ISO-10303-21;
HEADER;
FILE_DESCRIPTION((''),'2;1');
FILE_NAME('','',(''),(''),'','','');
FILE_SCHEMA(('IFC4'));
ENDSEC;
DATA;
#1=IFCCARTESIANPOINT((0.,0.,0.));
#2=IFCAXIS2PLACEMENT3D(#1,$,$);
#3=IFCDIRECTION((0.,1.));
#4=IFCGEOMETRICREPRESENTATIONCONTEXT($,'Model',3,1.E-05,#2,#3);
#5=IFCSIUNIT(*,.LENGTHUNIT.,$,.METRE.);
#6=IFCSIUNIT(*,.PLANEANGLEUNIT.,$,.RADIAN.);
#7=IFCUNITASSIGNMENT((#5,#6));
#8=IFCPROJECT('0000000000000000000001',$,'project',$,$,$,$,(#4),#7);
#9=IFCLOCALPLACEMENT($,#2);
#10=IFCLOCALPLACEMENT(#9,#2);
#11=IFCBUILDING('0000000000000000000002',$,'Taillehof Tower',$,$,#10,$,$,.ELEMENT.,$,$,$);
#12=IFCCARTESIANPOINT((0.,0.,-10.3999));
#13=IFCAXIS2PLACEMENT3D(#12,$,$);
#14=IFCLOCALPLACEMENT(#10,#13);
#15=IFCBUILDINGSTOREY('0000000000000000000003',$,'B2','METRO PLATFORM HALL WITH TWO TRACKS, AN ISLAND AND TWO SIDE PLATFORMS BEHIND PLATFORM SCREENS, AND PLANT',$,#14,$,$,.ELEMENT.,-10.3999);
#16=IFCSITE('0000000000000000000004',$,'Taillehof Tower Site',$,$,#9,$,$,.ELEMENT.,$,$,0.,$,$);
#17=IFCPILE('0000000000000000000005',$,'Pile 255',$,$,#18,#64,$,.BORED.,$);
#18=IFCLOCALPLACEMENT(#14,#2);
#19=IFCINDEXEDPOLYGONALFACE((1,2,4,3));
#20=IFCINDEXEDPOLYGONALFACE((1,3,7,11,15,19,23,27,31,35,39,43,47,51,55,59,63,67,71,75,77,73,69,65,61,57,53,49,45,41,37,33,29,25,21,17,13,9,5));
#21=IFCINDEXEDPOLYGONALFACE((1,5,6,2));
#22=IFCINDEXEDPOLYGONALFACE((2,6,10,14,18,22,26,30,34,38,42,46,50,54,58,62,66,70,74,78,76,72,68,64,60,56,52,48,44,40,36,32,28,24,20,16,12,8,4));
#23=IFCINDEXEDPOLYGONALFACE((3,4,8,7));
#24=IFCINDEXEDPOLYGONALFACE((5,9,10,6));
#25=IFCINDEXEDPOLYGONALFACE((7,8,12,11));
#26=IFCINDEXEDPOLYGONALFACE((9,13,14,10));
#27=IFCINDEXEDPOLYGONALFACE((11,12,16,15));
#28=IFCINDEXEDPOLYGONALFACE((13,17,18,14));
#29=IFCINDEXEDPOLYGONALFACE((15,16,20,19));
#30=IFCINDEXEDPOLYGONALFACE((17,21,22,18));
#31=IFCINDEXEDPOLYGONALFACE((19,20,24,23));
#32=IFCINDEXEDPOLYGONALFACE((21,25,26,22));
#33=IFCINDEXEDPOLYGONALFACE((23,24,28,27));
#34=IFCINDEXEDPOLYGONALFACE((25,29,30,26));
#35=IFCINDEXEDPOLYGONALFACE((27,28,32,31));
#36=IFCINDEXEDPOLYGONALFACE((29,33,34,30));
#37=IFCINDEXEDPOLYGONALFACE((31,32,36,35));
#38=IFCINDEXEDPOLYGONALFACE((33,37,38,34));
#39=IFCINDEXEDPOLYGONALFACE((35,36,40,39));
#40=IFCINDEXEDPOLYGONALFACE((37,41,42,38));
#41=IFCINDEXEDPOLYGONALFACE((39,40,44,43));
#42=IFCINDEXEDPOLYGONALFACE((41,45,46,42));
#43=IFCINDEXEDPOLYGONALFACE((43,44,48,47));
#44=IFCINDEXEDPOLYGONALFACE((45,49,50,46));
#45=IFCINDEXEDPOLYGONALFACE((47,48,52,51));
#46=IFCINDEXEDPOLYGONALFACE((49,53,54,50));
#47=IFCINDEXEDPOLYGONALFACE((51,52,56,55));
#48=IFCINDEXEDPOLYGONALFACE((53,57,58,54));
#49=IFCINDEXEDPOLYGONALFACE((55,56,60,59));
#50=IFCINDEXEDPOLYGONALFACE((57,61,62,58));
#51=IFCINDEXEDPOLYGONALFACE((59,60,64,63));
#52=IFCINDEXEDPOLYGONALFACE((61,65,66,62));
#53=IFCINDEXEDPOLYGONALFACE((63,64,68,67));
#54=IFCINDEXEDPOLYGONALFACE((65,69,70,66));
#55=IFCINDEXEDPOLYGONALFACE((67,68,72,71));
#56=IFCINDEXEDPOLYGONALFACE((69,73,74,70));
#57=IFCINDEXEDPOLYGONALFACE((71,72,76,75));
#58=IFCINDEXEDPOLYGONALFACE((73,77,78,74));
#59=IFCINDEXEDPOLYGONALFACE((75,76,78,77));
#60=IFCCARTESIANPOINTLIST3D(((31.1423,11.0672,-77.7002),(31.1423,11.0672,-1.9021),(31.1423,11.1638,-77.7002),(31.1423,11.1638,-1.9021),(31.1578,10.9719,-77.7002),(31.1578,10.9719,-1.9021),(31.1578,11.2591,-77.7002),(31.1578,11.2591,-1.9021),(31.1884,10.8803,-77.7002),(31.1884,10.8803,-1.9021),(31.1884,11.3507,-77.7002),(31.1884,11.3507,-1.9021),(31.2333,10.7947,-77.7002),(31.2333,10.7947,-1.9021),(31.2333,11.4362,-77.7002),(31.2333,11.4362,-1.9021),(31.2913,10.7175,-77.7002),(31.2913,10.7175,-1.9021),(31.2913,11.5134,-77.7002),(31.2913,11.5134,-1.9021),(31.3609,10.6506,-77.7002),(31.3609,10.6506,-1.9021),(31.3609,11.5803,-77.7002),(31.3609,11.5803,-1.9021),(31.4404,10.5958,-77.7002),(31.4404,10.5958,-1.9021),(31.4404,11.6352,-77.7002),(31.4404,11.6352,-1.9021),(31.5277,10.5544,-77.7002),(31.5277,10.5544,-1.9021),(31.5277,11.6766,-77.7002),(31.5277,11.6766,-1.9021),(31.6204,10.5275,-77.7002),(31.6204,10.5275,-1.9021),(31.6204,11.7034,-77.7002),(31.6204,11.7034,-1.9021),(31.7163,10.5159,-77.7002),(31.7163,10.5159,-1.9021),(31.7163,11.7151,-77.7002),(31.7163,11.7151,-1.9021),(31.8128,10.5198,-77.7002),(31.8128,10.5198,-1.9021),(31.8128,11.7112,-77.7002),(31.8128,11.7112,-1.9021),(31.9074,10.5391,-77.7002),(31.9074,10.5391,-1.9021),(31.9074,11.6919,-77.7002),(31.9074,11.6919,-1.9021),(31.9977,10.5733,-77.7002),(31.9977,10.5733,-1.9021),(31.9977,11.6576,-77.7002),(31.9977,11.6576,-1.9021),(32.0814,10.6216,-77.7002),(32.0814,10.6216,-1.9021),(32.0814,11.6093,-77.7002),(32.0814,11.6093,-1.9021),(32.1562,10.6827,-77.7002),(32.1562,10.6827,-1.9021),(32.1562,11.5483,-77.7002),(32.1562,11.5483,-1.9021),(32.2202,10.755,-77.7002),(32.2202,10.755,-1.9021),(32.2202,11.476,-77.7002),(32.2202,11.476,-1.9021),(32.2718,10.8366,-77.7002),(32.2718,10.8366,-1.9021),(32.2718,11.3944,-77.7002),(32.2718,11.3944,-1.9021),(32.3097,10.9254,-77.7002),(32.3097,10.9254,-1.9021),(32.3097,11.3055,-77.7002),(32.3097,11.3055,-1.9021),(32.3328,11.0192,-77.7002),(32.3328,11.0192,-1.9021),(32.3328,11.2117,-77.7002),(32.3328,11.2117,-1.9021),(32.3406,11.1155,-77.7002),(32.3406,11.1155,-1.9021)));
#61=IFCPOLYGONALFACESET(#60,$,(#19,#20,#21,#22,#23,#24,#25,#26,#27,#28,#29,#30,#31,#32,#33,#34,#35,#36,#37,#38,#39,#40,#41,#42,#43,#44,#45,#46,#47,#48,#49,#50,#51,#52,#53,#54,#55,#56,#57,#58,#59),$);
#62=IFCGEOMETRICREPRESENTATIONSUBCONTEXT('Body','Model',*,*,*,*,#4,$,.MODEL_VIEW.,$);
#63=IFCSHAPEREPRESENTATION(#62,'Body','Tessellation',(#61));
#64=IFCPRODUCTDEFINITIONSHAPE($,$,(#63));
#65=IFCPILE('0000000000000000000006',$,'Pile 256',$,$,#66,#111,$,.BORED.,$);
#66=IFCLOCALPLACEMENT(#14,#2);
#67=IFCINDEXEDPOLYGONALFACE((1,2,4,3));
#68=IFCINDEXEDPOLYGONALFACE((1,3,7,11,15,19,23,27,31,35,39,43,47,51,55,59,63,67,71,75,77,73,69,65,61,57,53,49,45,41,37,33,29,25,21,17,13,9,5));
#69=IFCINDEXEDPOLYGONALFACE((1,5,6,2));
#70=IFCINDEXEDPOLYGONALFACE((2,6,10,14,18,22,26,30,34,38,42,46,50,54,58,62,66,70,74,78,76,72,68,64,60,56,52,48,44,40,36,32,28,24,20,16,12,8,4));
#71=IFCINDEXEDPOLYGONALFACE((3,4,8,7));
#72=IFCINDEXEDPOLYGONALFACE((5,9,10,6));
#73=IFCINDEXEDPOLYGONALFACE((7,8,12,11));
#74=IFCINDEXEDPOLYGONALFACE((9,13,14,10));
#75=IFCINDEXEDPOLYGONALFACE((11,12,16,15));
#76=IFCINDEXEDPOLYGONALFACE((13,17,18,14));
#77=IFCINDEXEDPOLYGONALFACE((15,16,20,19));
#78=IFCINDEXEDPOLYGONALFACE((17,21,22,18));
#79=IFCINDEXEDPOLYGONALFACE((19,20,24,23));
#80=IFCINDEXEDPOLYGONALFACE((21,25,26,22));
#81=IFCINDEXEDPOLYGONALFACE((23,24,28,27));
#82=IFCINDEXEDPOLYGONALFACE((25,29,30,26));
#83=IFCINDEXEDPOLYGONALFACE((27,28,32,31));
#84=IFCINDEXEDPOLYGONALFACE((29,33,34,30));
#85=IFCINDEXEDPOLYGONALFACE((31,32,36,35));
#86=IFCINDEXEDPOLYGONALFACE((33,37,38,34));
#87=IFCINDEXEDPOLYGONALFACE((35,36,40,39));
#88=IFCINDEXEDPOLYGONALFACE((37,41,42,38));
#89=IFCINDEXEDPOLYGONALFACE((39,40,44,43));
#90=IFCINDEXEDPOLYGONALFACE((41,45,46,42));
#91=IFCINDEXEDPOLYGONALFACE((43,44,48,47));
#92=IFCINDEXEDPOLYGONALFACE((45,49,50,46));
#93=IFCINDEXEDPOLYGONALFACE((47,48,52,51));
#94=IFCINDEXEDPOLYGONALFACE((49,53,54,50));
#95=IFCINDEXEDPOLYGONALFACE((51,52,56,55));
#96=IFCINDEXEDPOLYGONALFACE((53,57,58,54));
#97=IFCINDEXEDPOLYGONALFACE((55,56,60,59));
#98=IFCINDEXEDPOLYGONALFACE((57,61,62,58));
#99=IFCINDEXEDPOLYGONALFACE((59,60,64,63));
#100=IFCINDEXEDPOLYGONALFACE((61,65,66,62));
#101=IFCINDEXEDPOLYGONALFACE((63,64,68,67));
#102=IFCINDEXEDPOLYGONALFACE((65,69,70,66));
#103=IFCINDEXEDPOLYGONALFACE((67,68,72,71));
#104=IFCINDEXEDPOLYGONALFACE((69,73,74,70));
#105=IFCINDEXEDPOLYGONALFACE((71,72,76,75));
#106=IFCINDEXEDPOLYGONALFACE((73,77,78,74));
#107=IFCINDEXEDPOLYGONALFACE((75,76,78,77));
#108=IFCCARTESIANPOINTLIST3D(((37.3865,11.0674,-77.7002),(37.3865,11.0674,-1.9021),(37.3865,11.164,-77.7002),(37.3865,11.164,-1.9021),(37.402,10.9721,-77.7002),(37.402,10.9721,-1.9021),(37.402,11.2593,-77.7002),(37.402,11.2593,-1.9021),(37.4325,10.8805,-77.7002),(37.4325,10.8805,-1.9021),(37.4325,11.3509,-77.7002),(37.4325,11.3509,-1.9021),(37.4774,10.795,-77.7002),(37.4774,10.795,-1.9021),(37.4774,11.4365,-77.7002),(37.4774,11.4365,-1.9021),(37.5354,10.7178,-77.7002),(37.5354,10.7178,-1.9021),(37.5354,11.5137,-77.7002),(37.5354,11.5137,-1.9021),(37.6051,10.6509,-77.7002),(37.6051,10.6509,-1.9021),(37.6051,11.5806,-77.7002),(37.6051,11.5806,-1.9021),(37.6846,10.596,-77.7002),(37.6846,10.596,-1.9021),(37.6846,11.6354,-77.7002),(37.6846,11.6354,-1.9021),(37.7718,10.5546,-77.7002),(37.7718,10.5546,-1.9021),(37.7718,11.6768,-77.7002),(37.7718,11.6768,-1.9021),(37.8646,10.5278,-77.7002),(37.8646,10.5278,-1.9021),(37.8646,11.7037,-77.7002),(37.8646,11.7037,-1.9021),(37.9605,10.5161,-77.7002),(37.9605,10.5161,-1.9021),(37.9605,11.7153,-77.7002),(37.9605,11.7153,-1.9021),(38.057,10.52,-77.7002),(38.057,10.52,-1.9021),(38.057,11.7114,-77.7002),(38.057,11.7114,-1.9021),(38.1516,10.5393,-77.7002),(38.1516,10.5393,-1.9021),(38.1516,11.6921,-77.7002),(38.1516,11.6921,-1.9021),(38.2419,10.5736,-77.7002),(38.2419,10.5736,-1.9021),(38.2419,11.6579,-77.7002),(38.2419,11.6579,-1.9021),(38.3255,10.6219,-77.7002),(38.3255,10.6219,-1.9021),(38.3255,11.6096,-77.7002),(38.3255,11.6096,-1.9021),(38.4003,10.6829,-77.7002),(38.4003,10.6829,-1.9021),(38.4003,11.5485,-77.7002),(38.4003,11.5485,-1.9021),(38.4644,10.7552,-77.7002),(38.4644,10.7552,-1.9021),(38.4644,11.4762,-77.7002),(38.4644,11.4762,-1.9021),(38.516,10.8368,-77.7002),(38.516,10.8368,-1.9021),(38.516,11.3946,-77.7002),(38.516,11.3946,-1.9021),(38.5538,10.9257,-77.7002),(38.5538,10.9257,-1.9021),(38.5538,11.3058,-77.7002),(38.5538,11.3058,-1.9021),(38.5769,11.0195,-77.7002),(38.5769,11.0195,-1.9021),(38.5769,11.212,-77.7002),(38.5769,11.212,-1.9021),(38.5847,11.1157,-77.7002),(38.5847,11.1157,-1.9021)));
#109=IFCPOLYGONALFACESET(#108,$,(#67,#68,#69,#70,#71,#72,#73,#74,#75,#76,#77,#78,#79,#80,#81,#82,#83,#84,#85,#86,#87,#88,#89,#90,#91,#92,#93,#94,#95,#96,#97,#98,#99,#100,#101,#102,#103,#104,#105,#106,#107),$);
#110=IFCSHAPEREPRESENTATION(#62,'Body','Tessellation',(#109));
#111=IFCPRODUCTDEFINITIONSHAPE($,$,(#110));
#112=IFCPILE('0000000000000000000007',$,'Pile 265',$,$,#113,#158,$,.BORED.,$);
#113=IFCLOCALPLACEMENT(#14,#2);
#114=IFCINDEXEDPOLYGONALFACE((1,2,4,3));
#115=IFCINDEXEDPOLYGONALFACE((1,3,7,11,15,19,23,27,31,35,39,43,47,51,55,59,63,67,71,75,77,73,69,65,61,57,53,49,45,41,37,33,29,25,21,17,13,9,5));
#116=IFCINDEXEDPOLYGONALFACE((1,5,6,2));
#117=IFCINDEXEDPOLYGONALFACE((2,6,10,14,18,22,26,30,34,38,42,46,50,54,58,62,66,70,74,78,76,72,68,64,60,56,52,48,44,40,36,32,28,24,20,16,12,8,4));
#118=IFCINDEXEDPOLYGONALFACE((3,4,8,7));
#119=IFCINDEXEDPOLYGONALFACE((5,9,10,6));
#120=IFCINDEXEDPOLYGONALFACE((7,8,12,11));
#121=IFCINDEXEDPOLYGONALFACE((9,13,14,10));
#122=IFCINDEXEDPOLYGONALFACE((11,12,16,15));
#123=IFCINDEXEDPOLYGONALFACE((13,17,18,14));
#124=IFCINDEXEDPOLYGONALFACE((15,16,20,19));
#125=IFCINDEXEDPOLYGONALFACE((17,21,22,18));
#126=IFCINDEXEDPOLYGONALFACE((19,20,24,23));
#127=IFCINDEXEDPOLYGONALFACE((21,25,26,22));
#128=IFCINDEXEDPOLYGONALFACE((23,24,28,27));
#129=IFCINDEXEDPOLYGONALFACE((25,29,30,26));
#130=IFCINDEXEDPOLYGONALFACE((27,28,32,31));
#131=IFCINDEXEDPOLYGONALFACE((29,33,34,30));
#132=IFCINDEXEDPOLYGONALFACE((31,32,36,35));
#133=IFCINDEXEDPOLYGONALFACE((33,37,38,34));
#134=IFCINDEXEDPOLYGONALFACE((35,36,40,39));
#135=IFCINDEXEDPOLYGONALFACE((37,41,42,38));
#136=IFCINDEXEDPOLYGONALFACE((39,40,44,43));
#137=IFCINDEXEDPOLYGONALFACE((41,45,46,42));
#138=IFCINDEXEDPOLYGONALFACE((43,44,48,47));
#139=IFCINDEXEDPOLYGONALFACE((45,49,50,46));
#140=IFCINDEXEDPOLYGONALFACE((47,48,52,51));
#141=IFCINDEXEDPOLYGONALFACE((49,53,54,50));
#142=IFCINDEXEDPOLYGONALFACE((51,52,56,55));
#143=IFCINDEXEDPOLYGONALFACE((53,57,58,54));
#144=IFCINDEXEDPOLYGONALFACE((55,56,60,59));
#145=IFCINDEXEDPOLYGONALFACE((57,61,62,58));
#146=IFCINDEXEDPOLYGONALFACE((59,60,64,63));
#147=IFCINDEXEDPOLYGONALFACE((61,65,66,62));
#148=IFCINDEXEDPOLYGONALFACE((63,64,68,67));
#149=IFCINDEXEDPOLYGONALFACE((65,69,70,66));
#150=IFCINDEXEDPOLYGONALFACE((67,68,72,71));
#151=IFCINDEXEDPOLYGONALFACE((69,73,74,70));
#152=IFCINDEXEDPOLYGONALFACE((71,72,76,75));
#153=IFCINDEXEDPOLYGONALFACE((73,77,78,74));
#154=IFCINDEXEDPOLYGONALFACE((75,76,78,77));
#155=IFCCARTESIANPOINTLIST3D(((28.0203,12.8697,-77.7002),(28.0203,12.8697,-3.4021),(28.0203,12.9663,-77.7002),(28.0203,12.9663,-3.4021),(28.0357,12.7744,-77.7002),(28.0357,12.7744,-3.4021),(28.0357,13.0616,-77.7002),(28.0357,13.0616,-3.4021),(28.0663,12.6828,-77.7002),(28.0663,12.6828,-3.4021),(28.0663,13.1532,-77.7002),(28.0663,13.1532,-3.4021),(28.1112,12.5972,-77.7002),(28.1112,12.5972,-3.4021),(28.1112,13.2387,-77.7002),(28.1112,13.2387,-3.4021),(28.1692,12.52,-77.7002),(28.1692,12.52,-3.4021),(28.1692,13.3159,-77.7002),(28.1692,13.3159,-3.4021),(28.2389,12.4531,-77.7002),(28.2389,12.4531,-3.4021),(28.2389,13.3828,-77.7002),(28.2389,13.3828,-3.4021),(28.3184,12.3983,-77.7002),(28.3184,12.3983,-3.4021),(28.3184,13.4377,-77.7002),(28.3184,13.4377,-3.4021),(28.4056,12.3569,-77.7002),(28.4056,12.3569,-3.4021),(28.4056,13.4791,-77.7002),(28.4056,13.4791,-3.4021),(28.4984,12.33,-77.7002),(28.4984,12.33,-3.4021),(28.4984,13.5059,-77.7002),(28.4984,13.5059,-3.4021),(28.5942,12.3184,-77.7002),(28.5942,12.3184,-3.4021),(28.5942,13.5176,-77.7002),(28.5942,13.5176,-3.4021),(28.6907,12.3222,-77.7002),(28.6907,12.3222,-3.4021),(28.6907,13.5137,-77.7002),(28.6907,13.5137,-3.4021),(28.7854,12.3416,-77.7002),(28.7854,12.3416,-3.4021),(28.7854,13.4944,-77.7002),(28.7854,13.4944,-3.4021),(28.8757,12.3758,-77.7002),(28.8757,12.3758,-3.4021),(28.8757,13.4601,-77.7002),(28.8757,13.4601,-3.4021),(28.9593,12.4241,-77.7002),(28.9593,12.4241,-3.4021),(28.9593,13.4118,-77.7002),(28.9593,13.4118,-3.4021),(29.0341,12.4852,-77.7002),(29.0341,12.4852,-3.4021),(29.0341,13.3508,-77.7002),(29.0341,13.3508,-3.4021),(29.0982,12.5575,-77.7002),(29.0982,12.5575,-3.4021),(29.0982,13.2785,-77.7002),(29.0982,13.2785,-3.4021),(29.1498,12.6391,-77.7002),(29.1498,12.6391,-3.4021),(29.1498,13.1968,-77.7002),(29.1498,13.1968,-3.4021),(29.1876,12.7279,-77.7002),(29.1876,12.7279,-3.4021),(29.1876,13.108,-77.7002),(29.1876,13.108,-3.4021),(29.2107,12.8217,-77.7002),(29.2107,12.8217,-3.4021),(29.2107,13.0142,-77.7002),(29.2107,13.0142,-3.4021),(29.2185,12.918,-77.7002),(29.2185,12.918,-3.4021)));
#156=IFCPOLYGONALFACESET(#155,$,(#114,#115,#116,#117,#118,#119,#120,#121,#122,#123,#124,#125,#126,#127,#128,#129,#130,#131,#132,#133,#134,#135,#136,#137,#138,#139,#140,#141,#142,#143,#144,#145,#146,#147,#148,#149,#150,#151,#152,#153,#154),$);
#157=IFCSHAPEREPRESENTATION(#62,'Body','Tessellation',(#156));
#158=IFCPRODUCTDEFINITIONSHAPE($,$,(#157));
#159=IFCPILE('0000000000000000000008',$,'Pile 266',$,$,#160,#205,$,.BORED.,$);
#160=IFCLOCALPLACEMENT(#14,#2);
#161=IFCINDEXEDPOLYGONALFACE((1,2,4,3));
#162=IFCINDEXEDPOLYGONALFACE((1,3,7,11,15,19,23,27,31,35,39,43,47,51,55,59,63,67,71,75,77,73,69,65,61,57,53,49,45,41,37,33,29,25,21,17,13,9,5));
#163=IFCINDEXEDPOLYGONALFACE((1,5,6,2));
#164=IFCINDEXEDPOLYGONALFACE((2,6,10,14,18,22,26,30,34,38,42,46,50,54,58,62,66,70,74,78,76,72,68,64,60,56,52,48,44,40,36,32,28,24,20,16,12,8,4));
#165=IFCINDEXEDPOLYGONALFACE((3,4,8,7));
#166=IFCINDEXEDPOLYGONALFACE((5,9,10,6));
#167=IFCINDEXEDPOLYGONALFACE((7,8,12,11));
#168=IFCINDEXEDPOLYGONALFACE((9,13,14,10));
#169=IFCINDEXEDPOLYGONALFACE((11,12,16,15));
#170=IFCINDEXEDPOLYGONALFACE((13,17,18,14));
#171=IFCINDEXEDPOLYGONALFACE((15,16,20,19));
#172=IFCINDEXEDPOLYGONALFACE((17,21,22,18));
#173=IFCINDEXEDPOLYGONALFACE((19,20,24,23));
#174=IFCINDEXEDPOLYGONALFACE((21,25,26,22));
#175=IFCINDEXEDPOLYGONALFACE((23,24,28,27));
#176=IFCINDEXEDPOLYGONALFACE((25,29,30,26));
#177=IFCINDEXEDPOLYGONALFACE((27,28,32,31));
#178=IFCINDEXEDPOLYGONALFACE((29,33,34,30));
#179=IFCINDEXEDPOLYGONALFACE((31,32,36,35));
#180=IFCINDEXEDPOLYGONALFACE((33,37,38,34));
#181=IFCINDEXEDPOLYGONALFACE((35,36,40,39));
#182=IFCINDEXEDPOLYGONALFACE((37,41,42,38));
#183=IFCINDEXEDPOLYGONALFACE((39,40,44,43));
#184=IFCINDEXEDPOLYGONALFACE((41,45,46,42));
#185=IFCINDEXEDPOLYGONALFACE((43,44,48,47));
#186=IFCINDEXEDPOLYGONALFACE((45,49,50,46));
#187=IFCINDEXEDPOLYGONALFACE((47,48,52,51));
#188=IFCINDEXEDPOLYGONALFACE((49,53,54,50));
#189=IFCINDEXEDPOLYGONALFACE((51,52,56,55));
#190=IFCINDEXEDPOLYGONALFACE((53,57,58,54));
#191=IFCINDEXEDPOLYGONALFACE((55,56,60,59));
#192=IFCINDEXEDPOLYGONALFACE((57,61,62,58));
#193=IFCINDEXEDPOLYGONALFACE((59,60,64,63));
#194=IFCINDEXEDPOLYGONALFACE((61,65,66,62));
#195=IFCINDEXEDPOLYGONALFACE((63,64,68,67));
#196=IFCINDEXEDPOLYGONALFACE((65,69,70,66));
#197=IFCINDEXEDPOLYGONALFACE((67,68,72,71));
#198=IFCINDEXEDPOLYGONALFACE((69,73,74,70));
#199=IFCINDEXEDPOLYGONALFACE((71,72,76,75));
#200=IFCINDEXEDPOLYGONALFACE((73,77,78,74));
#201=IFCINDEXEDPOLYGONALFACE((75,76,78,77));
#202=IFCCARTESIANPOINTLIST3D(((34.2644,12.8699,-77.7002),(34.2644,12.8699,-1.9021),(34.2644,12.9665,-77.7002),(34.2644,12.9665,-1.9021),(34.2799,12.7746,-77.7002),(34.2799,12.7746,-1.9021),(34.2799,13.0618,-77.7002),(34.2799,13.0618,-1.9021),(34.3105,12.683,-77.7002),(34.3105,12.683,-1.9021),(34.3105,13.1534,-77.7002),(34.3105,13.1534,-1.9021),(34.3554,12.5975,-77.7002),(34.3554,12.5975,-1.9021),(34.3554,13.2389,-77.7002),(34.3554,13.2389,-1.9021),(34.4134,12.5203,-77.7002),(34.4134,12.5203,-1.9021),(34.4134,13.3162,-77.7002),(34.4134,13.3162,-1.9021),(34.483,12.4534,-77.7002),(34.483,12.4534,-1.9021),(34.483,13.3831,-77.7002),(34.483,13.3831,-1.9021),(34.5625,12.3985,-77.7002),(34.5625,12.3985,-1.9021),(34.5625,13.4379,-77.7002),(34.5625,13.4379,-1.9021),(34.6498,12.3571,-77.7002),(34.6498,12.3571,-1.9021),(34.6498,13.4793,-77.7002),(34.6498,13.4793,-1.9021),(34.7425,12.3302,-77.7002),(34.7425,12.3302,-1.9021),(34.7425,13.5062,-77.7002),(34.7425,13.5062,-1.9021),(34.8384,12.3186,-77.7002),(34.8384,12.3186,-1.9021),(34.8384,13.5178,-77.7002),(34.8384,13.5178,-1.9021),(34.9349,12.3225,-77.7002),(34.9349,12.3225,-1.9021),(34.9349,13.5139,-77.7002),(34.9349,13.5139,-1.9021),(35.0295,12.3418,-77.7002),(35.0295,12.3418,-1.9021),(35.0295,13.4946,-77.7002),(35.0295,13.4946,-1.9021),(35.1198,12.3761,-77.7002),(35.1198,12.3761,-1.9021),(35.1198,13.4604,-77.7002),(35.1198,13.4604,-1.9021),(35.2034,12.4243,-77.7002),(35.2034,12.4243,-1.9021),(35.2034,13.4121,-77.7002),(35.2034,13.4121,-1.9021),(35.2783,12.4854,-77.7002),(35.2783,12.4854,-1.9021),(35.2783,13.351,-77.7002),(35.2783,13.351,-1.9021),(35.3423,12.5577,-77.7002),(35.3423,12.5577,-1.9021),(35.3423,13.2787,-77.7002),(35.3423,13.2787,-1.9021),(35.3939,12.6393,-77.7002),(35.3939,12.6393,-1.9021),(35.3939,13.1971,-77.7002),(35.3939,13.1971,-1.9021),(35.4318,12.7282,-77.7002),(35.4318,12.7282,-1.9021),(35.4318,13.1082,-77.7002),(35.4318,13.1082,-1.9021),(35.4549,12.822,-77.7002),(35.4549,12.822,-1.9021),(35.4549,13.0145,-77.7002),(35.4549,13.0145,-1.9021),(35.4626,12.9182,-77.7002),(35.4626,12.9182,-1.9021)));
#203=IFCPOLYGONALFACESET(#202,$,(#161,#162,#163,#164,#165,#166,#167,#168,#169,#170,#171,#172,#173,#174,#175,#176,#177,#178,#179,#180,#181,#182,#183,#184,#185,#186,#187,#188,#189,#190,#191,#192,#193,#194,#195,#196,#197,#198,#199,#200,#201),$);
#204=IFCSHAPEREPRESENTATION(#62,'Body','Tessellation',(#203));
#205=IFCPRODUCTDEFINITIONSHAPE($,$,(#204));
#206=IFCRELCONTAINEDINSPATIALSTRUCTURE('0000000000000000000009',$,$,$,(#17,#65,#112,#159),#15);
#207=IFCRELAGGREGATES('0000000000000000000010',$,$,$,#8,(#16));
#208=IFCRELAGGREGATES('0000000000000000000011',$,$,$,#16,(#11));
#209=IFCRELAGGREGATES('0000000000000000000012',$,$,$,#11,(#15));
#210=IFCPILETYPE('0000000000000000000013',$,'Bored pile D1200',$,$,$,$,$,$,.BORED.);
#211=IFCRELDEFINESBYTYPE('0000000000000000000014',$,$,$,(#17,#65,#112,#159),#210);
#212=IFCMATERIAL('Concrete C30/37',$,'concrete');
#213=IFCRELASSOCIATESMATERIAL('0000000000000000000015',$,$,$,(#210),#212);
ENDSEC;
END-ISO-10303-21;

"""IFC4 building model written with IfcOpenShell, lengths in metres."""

from ifc_helpers import new_model, si_unit, direction, frame, origin, origin_2d, place, context, subcontext, project, spatial, circle, extrude, material, material_profile, profile_set, type_object, element, save


model = new_model("IFC4")

# Units and contexts
model_context = context("Model", 3, precision=1e-05, world=origin(), true_north=direction((0.0, 1.0)))
body_context = subcontext(model_context, "Body", "Model", "MODEL_VIEW")
ifc_project = project(units=[si_unit("LENGTHUNIT", "METRE"), si_unit("PLANEANGLEUNIT", "RADIAN")], contexts=[model_context])

# Site, building, storey
site_placement = place(None, origin())
site = spatial("IfcSite", under=ifc_project, at=site_placement, Name="Taillehof Tower Site", CompositionType="ELEMENT", RefElevation=0.0)
building_placement = place(site_placement, origin())
building = spatial("IfcBuilding", under=site, at=building_placement, Name="Taillehof Tower", CompositionType="ELEMENT")
storey_placement = place(building_placement, frame((0.0, 0.0, -10.3999)))
storey = spatial("IfcBuildingStorey", under=building, at=storey_placement, Name="B2", Description="METRO PLATFORM HALL WITH TWO TRACKS, AN ISLAND AND TWO SIDE PLATFORMS BEHIND PLATFORM SCREENS, AND PLANT", CompositionType="ELEMENT", Elevation=-10.3999)

# Piles
ifc_material_1 = material(Name="Concrete C30/37", Category="concrete")
ifc_material_profile_1 = material_profile(ifc_material_1, circle(Radius=0.6001, at=origin_2d()), Name="BP D1200")
ifc_profile_set_1 = profile_set([ifc_material_profile_1], Name="Concrete C30/37")
pile_type = type_object("IfcPileType", Name="Bored pile D1200", PredefinedType="BORED", material=ifc_profile_set_1)
for number, where, z_axis, x_axis, name in (
    (1, (31.7405, 11.1155, -1.9021), (0.0, 0.0, -1.0), (1.0, 0.0, 0.0), "Pile 255"),
    (2, (37.9846, 11.1157, -1.9021), (0.0, 0.0, -1.0), (1.0, 0.0, 0.0), "Pile 256"),
):
    element("IfcPile", number, at=place(storey_placement, frame(where, z_axis=z_axis, x_axis=x_axis)), inside=storey, type_object=pile_type, Name=name, PredefinedType="BORED", context=body_context, shape_type="SweptSolid", body=[
        extrude(circle(Radius=0.6001, at=origin_2d()), origin(), (0.0, 0.0, 1.0), 75.7981),
    ])
pile_1_placement = place(storey_placement, frame((28.6184, 12.918, -3.4021), z_axis=(0.0, 0.0, -1.0), x_axis=(1.0, 0.0, 0.0)))
element("IfcPile", 3, at=pile_1_placement, inside=storey, type_object=pile_type, Name="Pile 265", PredefinedType="BORED", context=body_context, shape_type="SweptSolid", body=[
    extrude(circle(Radius=0.6001, at=origin_2d()), origin(), (0.0, 0.0, 1.0), 74.2981),
])
for number, where, z_axis, x_axis, name in (
    (4, (34.8625, 12.9182, -1.9021), (0.0, 0.0, -1.0), (1.0, 0.0, 0.0), "Pile 266"),
):
    element("IfcPile", number, at=place(storey_placement, frame(where, z_axis=z_axis, x_axis=x_axis)), inside=storey, type_object=pile_type, Name=name, PredefinedType="BORED", context=body_context, shape_type="SweptSolid", body=[
        extrude(circle(Radius=0.6001, at=origin_2d()), origin(), (0.0, 0.0, 1.0), 75.7981),
    ])

save(model, "model.ifc")
